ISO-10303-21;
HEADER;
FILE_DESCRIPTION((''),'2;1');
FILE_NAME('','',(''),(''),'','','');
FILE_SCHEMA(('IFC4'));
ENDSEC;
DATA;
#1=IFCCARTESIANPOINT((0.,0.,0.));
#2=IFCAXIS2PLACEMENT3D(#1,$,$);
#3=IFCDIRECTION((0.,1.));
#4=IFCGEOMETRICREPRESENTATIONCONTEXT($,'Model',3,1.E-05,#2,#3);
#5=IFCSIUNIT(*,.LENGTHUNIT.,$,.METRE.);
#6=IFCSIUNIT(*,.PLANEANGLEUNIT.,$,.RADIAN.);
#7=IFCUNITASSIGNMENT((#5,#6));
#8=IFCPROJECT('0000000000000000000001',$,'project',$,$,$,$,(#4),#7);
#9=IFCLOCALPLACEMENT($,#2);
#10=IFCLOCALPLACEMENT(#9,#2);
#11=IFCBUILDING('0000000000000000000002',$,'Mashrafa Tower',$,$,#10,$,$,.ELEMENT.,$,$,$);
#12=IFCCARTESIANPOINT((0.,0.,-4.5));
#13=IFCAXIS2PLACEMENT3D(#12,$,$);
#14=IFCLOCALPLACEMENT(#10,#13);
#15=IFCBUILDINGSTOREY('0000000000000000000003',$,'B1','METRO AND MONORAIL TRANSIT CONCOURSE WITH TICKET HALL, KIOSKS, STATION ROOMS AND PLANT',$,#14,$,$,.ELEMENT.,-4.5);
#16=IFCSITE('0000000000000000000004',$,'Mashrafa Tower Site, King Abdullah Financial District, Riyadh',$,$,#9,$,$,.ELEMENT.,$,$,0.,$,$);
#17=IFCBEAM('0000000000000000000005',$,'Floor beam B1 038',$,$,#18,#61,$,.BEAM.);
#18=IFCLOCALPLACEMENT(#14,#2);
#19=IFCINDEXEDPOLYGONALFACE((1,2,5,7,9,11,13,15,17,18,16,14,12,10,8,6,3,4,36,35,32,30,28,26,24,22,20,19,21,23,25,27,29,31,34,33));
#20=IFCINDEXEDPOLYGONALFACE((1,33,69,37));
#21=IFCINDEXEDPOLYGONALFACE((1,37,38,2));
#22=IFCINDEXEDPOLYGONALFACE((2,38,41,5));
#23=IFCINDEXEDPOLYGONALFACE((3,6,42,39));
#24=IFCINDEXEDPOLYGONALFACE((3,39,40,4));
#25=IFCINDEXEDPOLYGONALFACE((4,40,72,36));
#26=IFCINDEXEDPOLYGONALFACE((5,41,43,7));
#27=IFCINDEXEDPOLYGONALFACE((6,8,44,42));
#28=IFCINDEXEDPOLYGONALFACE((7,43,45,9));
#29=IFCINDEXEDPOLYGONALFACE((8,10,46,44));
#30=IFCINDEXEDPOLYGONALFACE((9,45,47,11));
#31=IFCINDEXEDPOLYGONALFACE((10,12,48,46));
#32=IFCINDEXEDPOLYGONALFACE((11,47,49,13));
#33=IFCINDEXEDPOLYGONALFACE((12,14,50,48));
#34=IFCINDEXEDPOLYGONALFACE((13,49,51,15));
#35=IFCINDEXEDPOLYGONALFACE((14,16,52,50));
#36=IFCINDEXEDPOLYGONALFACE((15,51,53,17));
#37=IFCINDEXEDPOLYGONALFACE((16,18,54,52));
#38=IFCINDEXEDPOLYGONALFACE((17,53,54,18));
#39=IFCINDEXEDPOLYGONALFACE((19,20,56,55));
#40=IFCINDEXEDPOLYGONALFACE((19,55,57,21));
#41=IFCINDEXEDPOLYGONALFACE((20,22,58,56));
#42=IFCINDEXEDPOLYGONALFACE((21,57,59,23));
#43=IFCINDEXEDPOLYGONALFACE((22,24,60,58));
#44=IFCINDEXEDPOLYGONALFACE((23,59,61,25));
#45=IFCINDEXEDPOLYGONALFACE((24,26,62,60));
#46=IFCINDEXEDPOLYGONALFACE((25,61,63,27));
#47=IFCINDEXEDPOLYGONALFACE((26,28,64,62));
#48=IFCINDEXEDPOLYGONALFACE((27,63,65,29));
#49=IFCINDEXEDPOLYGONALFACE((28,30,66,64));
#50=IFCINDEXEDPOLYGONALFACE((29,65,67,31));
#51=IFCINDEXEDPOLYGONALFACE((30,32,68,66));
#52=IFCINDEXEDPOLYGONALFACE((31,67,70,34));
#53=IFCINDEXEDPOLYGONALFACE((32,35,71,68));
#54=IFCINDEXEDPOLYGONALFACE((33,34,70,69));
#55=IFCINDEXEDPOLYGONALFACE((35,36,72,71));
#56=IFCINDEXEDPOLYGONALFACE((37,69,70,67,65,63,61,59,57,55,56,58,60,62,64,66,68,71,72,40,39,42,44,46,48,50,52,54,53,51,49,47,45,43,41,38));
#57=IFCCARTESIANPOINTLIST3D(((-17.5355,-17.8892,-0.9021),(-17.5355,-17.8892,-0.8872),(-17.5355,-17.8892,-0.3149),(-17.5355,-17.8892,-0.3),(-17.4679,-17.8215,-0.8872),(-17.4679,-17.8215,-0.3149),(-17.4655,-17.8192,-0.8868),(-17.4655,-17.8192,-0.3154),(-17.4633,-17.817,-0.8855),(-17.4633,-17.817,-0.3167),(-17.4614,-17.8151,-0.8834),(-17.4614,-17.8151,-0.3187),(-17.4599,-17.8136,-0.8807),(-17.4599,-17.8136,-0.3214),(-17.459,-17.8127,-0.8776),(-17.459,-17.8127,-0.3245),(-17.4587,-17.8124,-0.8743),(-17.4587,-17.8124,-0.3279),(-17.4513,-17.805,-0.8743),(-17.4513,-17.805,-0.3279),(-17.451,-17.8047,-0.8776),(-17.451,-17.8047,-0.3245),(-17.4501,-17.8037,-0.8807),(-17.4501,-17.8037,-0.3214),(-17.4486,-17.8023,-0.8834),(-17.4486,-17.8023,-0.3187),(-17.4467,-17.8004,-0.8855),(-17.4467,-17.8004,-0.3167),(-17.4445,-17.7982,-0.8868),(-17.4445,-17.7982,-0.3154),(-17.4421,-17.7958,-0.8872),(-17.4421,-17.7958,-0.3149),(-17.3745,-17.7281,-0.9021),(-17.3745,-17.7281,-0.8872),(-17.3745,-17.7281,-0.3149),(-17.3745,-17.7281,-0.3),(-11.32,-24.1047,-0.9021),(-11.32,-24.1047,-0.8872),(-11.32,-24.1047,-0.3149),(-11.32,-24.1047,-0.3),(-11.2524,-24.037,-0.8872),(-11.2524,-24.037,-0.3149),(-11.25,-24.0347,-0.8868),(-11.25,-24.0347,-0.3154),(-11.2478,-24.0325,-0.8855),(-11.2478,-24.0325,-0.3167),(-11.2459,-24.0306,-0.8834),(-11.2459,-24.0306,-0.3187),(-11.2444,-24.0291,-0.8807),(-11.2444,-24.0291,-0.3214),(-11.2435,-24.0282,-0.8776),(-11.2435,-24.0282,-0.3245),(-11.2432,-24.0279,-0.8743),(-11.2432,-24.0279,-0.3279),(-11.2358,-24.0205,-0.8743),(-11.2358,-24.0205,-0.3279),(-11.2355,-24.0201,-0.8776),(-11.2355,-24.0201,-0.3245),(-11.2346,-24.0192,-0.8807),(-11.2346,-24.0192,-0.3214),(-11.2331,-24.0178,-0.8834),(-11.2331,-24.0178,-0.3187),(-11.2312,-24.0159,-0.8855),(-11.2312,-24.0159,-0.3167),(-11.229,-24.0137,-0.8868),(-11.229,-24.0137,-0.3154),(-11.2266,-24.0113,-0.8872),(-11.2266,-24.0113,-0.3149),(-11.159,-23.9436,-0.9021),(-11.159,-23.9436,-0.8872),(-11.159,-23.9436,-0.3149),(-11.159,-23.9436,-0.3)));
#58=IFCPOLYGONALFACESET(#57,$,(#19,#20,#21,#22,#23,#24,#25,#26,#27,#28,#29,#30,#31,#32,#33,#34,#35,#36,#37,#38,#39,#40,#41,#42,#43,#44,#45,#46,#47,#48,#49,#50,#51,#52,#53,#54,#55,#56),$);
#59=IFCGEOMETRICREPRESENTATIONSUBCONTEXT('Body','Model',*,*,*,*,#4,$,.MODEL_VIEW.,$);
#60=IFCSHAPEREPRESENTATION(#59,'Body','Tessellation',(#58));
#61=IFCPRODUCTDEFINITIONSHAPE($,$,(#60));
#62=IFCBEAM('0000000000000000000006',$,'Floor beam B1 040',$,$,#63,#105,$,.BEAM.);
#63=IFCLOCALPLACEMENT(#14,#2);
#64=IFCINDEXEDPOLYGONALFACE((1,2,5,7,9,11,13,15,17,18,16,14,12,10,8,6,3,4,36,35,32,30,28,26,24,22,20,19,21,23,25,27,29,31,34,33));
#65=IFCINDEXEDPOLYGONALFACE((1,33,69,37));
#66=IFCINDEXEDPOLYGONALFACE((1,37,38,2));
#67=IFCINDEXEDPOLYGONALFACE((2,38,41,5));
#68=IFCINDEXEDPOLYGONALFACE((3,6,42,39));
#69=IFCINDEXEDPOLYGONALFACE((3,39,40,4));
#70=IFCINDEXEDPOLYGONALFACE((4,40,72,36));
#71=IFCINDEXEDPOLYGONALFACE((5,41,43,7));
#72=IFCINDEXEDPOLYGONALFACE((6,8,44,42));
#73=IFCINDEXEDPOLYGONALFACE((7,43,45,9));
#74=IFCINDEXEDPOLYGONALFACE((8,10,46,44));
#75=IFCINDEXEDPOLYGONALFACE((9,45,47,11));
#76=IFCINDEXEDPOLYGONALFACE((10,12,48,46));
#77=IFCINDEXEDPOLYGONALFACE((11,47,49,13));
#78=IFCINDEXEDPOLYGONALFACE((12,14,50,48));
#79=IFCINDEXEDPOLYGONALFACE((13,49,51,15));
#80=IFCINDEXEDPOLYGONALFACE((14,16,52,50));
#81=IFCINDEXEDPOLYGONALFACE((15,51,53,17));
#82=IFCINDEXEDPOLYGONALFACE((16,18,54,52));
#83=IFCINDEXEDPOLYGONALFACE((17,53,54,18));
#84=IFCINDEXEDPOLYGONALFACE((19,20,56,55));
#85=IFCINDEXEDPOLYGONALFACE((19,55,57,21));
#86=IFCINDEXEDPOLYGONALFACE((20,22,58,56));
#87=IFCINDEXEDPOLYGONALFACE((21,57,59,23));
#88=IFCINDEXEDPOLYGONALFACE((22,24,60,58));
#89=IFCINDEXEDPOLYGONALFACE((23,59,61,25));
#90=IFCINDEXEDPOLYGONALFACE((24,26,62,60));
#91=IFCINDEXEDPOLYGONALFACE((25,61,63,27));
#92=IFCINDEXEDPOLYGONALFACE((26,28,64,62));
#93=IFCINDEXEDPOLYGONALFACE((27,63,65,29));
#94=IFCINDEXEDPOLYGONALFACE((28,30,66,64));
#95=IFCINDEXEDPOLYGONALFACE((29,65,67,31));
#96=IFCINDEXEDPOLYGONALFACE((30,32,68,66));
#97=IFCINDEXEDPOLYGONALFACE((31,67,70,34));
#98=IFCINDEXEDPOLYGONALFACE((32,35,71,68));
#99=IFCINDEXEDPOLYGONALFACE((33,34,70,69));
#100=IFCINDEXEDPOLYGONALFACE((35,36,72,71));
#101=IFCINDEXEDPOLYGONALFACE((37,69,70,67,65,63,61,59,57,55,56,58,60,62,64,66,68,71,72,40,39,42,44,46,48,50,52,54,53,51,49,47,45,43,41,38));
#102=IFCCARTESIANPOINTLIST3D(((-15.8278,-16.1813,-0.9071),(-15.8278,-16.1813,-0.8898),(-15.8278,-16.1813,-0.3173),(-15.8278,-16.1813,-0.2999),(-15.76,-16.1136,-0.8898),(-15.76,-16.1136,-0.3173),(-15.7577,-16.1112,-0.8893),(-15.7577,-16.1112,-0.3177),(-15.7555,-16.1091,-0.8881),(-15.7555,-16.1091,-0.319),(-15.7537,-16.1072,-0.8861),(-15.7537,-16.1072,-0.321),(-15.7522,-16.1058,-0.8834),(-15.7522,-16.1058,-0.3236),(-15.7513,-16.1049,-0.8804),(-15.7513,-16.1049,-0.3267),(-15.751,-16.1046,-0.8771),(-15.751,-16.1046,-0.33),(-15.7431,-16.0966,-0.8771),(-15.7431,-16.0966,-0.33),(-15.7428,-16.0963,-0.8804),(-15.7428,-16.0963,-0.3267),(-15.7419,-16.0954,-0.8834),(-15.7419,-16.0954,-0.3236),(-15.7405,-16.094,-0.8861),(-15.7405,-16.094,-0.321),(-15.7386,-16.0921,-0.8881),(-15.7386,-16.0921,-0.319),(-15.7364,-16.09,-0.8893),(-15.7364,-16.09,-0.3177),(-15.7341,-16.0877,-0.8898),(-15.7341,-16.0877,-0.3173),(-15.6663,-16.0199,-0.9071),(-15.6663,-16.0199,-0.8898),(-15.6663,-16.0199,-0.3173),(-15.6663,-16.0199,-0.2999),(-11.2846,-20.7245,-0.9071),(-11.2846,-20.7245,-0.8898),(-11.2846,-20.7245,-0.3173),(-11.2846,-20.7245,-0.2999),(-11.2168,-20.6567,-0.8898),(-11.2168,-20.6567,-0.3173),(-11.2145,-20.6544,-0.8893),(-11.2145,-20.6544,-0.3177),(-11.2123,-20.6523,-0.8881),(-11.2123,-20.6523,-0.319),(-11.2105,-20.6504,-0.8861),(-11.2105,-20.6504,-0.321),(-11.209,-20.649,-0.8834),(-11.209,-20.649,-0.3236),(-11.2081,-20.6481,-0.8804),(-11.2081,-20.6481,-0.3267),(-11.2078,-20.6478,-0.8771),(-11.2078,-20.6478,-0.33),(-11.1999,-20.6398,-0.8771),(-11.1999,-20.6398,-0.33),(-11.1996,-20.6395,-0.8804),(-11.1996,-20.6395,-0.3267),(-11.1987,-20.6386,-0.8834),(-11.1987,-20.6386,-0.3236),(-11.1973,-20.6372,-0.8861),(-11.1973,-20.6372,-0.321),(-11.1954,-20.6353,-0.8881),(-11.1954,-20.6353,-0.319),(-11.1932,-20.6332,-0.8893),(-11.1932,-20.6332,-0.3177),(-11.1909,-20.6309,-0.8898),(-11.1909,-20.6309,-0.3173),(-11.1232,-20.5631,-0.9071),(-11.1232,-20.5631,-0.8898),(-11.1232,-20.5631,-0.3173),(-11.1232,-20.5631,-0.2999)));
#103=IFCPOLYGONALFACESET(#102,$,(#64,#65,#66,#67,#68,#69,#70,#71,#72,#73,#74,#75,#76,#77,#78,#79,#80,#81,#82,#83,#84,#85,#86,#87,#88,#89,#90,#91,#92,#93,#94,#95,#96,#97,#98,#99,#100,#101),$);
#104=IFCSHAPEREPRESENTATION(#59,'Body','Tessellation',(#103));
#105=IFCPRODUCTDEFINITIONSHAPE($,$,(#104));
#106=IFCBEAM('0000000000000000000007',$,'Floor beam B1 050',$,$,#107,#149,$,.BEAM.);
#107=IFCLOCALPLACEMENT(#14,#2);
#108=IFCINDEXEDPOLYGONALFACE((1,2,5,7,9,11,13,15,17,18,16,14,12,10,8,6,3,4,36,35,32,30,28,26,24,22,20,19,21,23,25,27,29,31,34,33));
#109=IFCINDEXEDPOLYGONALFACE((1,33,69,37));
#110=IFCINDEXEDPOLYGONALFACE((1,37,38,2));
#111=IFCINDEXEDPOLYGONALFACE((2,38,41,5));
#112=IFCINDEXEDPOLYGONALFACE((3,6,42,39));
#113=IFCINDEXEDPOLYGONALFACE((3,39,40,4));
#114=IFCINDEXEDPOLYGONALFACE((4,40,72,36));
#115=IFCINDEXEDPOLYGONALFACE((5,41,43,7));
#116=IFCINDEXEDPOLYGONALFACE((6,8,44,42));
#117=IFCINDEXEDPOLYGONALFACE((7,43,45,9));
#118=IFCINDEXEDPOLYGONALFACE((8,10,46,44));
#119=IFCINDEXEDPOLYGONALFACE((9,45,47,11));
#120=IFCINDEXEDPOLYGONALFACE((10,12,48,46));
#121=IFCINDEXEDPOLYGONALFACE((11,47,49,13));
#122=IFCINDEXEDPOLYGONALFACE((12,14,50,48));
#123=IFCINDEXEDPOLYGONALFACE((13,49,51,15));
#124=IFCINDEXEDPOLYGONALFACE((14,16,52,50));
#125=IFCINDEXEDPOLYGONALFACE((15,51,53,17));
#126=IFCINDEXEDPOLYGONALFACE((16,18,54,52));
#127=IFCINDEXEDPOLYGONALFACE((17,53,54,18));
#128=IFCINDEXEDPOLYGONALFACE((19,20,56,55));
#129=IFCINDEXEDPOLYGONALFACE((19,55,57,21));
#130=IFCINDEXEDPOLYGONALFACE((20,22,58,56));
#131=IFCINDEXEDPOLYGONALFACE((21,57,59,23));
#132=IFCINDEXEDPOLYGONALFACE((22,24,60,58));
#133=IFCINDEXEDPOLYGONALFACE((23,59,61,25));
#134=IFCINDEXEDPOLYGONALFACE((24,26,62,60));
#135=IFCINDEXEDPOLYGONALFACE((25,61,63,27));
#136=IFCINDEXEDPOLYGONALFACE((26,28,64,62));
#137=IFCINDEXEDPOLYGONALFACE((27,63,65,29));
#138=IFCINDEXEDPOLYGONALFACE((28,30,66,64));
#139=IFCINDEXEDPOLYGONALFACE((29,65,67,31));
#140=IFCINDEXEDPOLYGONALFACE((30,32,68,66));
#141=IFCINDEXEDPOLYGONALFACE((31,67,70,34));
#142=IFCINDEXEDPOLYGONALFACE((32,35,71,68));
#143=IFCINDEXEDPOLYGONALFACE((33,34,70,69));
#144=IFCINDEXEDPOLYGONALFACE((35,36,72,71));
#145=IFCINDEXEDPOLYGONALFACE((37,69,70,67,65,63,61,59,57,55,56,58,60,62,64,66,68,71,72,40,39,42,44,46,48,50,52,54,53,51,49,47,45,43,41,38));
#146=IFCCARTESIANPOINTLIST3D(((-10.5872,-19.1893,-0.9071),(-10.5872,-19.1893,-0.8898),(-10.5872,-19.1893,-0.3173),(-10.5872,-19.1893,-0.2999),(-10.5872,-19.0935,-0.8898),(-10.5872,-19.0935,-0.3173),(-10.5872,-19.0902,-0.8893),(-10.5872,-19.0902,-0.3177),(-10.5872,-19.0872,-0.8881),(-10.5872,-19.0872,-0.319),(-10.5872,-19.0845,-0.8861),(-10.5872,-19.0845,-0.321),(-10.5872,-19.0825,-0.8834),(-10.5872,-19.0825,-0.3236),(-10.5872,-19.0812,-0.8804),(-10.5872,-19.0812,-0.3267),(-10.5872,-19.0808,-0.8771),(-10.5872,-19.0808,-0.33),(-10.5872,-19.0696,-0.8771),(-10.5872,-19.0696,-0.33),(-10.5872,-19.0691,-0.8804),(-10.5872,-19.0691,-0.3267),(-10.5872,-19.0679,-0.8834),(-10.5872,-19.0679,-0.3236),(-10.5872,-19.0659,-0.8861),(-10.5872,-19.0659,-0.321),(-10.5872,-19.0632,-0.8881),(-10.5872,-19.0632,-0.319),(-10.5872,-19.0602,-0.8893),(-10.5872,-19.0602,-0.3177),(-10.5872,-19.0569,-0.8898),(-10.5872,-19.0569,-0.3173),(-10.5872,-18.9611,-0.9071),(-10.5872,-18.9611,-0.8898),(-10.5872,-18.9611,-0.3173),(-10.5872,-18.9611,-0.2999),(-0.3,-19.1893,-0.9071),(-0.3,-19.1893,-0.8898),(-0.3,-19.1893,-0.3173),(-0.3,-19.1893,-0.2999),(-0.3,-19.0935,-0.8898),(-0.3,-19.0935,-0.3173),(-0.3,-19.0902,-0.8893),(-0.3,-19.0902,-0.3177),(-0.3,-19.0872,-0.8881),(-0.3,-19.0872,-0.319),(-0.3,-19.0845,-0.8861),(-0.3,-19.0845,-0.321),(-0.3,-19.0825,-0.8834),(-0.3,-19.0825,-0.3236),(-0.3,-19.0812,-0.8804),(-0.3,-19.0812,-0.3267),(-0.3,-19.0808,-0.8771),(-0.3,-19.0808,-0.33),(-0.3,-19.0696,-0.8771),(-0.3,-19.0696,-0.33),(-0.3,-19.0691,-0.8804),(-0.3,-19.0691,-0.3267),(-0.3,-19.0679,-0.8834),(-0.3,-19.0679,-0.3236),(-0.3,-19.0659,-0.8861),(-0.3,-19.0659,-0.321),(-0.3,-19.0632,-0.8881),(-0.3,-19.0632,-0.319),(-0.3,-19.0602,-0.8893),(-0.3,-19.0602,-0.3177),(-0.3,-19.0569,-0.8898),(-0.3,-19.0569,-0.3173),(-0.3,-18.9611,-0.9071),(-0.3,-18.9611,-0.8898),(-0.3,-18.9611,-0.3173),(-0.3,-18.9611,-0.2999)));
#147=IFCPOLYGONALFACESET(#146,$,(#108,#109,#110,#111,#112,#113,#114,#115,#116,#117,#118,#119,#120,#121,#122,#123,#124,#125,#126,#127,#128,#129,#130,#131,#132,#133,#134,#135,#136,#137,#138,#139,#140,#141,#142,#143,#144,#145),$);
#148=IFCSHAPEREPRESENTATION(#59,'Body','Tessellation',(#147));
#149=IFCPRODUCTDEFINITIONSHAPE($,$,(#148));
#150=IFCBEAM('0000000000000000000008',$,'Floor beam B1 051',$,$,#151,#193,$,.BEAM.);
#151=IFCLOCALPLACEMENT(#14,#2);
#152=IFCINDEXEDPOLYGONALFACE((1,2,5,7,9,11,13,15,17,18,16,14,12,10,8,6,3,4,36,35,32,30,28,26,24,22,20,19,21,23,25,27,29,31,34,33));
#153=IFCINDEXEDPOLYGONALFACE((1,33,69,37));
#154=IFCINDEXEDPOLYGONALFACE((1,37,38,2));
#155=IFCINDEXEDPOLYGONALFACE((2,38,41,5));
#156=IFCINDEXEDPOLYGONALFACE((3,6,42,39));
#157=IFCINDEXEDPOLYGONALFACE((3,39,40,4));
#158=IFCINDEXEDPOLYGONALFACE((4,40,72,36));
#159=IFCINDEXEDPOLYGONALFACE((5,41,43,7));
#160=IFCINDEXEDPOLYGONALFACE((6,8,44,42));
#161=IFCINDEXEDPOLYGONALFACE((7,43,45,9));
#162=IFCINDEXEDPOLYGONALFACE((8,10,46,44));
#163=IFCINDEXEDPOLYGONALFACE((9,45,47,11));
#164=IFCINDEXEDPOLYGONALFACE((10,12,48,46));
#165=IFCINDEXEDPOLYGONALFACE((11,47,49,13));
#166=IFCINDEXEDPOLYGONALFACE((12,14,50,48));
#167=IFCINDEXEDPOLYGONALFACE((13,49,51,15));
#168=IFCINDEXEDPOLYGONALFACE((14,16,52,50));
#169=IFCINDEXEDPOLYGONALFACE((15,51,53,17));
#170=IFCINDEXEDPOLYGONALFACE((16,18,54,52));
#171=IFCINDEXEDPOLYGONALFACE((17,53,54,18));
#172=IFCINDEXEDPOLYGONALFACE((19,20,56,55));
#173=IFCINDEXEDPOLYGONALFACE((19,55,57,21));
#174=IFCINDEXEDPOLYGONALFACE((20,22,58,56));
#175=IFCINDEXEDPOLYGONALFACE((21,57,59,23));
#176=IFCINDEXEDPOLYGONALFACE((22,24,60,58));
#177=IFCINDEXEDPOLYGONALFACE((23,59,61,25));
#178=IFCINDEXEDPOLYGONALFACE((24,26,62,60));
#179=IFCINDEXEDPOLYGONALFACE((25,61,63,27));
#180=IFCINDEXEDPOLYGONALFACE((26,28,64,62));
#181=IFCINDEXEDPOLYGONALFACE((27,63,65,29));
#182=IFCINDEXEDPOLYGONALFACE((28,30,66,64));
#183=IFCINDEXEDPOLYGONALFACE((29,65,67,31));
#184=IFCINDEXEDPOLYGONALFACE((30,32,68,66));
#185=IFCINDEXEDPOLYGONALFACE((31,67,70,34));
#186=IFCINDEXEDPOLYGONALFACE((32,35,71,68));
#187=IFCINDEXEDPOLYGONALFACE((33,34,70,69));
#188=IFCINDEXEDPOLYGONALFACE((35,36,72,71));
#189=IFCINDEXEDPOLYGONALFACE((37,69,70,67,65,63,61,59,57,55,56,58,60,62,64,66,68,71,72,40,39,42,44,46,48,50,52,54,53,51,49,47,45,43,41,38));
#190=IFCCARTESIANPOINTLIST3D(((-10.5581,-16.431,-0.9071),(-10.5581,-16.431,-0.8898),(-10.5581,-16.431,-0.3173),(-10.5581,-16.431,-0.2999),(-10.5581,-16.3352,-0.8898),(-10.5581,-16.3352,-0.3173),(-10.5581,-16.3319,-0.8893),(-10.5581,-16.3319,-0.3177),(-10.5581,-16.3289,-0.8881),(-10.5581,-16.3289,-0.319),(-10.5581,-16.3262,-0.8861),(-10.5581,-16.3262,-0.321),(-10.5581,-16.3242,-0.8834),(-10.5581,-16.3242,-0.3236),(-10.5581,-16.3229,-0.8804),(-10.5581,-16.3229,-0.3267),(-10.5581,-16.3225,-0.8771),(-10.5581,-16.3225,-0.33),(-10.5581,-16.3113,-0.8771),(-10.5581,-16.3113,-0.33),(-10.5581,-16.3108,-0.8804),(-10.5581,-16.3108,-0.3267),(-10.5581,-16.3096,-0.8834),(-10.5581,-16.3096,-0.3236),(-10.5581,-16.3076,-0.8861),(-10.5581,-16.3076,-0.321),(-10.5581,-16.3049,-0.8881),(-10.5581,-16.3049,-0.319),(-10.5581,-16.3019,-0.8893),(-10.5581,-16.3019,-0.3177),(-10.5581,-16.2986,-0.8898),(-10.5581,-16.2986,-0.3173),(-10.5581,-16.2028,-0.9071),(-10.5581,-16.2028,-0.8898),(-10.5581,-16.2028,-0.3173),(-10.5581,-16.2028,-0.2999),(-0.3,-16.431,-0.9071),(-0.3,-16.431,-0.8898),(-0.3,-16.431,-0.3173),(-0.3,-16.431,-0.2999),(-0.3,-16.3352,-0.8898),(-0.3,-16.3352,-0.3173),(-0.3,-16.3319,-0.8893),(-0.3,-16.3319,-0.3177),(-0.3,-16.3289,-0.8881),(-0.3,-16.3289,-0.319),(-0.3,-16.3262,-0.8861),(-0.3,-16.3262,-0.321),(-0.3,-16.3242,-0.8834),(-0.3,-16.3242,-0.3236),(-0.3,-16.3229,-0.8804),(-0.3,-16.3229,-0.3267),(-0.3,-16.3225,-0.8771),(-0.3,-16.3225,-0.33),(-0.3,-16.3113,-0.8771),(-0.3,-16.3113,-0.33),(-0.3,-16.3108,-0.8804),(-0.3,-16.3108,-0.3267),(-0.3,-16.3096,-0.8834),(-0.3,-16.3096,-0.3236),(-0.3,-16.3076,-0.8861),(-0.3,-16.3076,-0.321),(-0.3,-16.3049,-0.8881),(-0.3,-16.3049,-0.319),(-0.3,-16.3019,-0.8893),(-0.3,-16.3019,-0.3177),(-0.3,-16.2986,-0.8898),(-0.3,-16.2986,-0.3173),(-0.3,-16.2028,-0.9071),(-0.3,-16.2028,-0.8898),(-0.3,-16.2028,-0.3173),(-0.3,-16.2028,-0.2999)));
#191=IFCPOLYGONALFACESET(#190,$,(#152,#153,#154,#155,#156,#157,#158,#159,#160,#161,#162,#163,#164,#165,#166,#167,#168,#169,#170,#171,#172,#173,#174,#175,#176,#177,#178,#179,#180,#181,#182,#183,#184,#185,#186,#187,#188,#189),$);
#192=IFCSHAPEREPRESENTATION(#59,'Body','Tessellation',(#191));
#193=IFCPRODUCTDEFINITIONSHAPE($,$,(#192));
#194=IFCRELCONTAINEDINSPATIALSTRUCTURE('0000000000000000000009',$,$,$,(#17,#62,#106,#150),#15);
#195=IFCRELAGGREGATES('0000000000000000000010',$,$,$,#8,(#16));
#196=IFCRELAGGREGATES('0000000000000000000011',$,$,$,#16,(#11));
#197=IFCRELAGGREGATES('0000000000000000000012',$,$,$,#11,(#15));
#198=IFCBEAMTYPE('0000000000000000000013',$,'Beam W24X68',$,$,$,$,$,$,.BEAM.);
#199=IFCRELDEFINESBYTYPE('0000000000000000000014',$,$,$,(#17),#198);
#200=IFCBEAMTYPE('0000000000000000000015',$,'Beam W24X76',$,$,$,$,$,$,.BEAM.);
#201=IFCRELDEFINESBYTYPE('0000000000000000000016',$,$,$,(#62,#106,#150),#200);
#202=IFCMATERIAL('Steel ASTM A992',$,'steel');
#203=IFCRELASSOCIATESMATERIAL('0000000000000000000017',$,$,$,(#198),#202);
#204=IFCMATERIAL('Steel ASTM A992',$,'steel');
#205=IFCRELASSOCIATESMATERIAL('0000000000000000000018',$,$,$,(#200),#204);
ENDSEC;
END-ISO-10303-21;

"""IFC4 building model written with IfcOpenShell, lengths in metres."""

from ifc_helpers import new_model, si_unit, direction, frame, origin, origin_2d, place, context, subcontext, project, spatial, i_section, extrude, material, material_profile, profile_set, type_object, element, save


model = new_model("IFC4")

# Units and contexts
model_context = context("Model", 3, precision=1e-05, world=origin(), true_north=direction((0.0, 1.0)))
body_context = subcontext(model_context, "Body", "Model", "MODEL_VIEW")
ifc_project = project(units=[si_unit("LENGTHUNIT", "METRE"), si_unit("PLANEANGLEUNIT", "RADIAN")], contexts=[model_context])

# Site, building, storey
site_placement = place(None, origin())
site = spatial("IfcSite", under=ifc_project, at=site_placement, Name="Mashrafa Tower Site, King Abdullah Financial District, Riyadh", CompositionType="ELEMENT", RefElevation=0.0)
building_placement = place(site_placement, origin())
building = spatial("IfcBuilding", under=site, at=building_placement, Name="Mashrafa Tower", CompositionType="ELEMENT")
storey_placement = place(building_placement, frame((0.0, 0.0, -4.5)))
storey = spatial("IfcBuildingStorey", under=building, at=storey_placement, Name="B1", Description="METRO AND MONORAIL TRANSIT CONCOURSE WITH TICKET HALL, KIOSKS, STATION ROOMS AND PLANT", CompositionType="ELEMENT", Elevation=-4.5)

# Beams
ifc_material_1 = material(Name="Steel ASTM A992", Category="steel")
ifc_material_profile_1 = material_profile(ifc_material_1, i_section(OverallWidth=0.2278, OverallDepth=0.6021, WebThickness=0.0105, FlangeThickness=0.0149, FilletRadius=0.0129, at=origin_2d()), Name="W24X68")
ifc_profile_set_1 = profile_set([ifc_material_profile_1], Name="Steel ASTM A992")
beam_type_1 = type_object("IfcBeamType", Name="Beam W24X68", PredefinedType="BEAM", material=ifc_profile_set_1)
beam_1_placement = place(storey_placement, frame((-11.2395, -24.0242, -0.6011), z_axis=(-0.707107, 0.707107, 0.0), x_axis=(-0.707107, -0.707107, 0.0)))
element("IfcBeam", 1, at=beam_1_placement, inside=storey, type_object=beam_type_1, Name="Floor beam B1 038", PredefinedType="BEAM", context=body_context, shape_type="SweptSolid", body=[
    extrude(i_section(OverallWidth=0.2278, OverallDepth=0.6021, WebThickness=0.0105, FlangeThickness=0.0149, FilletRadius=0.0129, at=origin_2d()), origin(), (0.0, 0.0, 1.0), 8.79),
])
ifc_material_2 = material(Name="Steel ASTM A992", Category="steel")
ifc_material_profile_2 = material_profile(ifc_material_2, i_section(OverallWidth=0.2283, OverallDepth=0.6072, WebThickness=0.0112, FlangeThickness=0.0173, FilletRadius=0.0127, at=origin_2d()), Name="W24X76")
ifc_profile_set_2 = profile_set([ifc_material_profile_2], Name="Steel ASTM A992")
beam_type_2 = type_object("IfcBeamType", Name="Beam W24X76", PredefinedType="BEAM", material=ifc_profile_set_2)
beam_2_placement = place(storey_placement, frame((-11.2039, -20.6438, -0.6035), z_axis=(-0.707107, 0.707107, 0.0), x_axis=(-0.707107, -0.707107, 0.0)))
element("IfcBeam", 2, at=beam_2_placement, inside=storey, type_object=beam_type_2, Name="Floor beam B1 040", PredefinedType="BEAM", context=body_context, shape_type="SweptSolid", body=[
    extrude(i_section(OverallWidth=0.2283, OverallDepth=0.6072, WebThickness=0.0112, FlangeThickness=0.0173, FilletRadius=0.0127, at=origin_2d()), origin(), (0.0, 0.0, 1.0), 6.425),
])
beam_3_placement = place(storey_placement, frame((-0.3, -19.0752, -0.6035), z_axis=(-1.0, 0.0, 0.0), x_axis=(0.0, -1.0, 0.0)))
element("IfcBeam", 3, at=beam_3_placement, inside=storey, type_object=beam_type_2, Name="Floor beam B1 050", PredefinedType="BEAM", context=body_context, shape_type="SweptSolid", body=[
    extrude(i_section(OverallWidth=0.2283, OverallDepth=0.6072, WebThickness=0.0112, FlangeThickness=0.0173, FilletRadius=0.0127, at=origin_2d()), origin(), (0.0, 0.0, 1.0), 10.2871),
])
beam_4_placement = place(storey_placement, frame((-0.3, -16.3169, -0.6035), z_axis=(-1.0, 0.0, 0.0), x_axis=(0.0, -1.0, 0.0)))
element("IfcBeam", 4, at=beam_4_placement, inside=storey, type_object=beam_type_2, Name="Floor beam B1 051", PredefinedType="BEAM", context=body_context, shape_type="SweptSolid", body=[
    extrude(i_section(OverallWidth=0.2283, OverallDepth=0.6072, WebThickness=0.0112, FlangeThickness=0.0173, FilletRadius=0.0127, at=origin_2d()), origin(), (0.0, 0.0, 1.0), 10.2581),
])

save(model, "model.ifc")
